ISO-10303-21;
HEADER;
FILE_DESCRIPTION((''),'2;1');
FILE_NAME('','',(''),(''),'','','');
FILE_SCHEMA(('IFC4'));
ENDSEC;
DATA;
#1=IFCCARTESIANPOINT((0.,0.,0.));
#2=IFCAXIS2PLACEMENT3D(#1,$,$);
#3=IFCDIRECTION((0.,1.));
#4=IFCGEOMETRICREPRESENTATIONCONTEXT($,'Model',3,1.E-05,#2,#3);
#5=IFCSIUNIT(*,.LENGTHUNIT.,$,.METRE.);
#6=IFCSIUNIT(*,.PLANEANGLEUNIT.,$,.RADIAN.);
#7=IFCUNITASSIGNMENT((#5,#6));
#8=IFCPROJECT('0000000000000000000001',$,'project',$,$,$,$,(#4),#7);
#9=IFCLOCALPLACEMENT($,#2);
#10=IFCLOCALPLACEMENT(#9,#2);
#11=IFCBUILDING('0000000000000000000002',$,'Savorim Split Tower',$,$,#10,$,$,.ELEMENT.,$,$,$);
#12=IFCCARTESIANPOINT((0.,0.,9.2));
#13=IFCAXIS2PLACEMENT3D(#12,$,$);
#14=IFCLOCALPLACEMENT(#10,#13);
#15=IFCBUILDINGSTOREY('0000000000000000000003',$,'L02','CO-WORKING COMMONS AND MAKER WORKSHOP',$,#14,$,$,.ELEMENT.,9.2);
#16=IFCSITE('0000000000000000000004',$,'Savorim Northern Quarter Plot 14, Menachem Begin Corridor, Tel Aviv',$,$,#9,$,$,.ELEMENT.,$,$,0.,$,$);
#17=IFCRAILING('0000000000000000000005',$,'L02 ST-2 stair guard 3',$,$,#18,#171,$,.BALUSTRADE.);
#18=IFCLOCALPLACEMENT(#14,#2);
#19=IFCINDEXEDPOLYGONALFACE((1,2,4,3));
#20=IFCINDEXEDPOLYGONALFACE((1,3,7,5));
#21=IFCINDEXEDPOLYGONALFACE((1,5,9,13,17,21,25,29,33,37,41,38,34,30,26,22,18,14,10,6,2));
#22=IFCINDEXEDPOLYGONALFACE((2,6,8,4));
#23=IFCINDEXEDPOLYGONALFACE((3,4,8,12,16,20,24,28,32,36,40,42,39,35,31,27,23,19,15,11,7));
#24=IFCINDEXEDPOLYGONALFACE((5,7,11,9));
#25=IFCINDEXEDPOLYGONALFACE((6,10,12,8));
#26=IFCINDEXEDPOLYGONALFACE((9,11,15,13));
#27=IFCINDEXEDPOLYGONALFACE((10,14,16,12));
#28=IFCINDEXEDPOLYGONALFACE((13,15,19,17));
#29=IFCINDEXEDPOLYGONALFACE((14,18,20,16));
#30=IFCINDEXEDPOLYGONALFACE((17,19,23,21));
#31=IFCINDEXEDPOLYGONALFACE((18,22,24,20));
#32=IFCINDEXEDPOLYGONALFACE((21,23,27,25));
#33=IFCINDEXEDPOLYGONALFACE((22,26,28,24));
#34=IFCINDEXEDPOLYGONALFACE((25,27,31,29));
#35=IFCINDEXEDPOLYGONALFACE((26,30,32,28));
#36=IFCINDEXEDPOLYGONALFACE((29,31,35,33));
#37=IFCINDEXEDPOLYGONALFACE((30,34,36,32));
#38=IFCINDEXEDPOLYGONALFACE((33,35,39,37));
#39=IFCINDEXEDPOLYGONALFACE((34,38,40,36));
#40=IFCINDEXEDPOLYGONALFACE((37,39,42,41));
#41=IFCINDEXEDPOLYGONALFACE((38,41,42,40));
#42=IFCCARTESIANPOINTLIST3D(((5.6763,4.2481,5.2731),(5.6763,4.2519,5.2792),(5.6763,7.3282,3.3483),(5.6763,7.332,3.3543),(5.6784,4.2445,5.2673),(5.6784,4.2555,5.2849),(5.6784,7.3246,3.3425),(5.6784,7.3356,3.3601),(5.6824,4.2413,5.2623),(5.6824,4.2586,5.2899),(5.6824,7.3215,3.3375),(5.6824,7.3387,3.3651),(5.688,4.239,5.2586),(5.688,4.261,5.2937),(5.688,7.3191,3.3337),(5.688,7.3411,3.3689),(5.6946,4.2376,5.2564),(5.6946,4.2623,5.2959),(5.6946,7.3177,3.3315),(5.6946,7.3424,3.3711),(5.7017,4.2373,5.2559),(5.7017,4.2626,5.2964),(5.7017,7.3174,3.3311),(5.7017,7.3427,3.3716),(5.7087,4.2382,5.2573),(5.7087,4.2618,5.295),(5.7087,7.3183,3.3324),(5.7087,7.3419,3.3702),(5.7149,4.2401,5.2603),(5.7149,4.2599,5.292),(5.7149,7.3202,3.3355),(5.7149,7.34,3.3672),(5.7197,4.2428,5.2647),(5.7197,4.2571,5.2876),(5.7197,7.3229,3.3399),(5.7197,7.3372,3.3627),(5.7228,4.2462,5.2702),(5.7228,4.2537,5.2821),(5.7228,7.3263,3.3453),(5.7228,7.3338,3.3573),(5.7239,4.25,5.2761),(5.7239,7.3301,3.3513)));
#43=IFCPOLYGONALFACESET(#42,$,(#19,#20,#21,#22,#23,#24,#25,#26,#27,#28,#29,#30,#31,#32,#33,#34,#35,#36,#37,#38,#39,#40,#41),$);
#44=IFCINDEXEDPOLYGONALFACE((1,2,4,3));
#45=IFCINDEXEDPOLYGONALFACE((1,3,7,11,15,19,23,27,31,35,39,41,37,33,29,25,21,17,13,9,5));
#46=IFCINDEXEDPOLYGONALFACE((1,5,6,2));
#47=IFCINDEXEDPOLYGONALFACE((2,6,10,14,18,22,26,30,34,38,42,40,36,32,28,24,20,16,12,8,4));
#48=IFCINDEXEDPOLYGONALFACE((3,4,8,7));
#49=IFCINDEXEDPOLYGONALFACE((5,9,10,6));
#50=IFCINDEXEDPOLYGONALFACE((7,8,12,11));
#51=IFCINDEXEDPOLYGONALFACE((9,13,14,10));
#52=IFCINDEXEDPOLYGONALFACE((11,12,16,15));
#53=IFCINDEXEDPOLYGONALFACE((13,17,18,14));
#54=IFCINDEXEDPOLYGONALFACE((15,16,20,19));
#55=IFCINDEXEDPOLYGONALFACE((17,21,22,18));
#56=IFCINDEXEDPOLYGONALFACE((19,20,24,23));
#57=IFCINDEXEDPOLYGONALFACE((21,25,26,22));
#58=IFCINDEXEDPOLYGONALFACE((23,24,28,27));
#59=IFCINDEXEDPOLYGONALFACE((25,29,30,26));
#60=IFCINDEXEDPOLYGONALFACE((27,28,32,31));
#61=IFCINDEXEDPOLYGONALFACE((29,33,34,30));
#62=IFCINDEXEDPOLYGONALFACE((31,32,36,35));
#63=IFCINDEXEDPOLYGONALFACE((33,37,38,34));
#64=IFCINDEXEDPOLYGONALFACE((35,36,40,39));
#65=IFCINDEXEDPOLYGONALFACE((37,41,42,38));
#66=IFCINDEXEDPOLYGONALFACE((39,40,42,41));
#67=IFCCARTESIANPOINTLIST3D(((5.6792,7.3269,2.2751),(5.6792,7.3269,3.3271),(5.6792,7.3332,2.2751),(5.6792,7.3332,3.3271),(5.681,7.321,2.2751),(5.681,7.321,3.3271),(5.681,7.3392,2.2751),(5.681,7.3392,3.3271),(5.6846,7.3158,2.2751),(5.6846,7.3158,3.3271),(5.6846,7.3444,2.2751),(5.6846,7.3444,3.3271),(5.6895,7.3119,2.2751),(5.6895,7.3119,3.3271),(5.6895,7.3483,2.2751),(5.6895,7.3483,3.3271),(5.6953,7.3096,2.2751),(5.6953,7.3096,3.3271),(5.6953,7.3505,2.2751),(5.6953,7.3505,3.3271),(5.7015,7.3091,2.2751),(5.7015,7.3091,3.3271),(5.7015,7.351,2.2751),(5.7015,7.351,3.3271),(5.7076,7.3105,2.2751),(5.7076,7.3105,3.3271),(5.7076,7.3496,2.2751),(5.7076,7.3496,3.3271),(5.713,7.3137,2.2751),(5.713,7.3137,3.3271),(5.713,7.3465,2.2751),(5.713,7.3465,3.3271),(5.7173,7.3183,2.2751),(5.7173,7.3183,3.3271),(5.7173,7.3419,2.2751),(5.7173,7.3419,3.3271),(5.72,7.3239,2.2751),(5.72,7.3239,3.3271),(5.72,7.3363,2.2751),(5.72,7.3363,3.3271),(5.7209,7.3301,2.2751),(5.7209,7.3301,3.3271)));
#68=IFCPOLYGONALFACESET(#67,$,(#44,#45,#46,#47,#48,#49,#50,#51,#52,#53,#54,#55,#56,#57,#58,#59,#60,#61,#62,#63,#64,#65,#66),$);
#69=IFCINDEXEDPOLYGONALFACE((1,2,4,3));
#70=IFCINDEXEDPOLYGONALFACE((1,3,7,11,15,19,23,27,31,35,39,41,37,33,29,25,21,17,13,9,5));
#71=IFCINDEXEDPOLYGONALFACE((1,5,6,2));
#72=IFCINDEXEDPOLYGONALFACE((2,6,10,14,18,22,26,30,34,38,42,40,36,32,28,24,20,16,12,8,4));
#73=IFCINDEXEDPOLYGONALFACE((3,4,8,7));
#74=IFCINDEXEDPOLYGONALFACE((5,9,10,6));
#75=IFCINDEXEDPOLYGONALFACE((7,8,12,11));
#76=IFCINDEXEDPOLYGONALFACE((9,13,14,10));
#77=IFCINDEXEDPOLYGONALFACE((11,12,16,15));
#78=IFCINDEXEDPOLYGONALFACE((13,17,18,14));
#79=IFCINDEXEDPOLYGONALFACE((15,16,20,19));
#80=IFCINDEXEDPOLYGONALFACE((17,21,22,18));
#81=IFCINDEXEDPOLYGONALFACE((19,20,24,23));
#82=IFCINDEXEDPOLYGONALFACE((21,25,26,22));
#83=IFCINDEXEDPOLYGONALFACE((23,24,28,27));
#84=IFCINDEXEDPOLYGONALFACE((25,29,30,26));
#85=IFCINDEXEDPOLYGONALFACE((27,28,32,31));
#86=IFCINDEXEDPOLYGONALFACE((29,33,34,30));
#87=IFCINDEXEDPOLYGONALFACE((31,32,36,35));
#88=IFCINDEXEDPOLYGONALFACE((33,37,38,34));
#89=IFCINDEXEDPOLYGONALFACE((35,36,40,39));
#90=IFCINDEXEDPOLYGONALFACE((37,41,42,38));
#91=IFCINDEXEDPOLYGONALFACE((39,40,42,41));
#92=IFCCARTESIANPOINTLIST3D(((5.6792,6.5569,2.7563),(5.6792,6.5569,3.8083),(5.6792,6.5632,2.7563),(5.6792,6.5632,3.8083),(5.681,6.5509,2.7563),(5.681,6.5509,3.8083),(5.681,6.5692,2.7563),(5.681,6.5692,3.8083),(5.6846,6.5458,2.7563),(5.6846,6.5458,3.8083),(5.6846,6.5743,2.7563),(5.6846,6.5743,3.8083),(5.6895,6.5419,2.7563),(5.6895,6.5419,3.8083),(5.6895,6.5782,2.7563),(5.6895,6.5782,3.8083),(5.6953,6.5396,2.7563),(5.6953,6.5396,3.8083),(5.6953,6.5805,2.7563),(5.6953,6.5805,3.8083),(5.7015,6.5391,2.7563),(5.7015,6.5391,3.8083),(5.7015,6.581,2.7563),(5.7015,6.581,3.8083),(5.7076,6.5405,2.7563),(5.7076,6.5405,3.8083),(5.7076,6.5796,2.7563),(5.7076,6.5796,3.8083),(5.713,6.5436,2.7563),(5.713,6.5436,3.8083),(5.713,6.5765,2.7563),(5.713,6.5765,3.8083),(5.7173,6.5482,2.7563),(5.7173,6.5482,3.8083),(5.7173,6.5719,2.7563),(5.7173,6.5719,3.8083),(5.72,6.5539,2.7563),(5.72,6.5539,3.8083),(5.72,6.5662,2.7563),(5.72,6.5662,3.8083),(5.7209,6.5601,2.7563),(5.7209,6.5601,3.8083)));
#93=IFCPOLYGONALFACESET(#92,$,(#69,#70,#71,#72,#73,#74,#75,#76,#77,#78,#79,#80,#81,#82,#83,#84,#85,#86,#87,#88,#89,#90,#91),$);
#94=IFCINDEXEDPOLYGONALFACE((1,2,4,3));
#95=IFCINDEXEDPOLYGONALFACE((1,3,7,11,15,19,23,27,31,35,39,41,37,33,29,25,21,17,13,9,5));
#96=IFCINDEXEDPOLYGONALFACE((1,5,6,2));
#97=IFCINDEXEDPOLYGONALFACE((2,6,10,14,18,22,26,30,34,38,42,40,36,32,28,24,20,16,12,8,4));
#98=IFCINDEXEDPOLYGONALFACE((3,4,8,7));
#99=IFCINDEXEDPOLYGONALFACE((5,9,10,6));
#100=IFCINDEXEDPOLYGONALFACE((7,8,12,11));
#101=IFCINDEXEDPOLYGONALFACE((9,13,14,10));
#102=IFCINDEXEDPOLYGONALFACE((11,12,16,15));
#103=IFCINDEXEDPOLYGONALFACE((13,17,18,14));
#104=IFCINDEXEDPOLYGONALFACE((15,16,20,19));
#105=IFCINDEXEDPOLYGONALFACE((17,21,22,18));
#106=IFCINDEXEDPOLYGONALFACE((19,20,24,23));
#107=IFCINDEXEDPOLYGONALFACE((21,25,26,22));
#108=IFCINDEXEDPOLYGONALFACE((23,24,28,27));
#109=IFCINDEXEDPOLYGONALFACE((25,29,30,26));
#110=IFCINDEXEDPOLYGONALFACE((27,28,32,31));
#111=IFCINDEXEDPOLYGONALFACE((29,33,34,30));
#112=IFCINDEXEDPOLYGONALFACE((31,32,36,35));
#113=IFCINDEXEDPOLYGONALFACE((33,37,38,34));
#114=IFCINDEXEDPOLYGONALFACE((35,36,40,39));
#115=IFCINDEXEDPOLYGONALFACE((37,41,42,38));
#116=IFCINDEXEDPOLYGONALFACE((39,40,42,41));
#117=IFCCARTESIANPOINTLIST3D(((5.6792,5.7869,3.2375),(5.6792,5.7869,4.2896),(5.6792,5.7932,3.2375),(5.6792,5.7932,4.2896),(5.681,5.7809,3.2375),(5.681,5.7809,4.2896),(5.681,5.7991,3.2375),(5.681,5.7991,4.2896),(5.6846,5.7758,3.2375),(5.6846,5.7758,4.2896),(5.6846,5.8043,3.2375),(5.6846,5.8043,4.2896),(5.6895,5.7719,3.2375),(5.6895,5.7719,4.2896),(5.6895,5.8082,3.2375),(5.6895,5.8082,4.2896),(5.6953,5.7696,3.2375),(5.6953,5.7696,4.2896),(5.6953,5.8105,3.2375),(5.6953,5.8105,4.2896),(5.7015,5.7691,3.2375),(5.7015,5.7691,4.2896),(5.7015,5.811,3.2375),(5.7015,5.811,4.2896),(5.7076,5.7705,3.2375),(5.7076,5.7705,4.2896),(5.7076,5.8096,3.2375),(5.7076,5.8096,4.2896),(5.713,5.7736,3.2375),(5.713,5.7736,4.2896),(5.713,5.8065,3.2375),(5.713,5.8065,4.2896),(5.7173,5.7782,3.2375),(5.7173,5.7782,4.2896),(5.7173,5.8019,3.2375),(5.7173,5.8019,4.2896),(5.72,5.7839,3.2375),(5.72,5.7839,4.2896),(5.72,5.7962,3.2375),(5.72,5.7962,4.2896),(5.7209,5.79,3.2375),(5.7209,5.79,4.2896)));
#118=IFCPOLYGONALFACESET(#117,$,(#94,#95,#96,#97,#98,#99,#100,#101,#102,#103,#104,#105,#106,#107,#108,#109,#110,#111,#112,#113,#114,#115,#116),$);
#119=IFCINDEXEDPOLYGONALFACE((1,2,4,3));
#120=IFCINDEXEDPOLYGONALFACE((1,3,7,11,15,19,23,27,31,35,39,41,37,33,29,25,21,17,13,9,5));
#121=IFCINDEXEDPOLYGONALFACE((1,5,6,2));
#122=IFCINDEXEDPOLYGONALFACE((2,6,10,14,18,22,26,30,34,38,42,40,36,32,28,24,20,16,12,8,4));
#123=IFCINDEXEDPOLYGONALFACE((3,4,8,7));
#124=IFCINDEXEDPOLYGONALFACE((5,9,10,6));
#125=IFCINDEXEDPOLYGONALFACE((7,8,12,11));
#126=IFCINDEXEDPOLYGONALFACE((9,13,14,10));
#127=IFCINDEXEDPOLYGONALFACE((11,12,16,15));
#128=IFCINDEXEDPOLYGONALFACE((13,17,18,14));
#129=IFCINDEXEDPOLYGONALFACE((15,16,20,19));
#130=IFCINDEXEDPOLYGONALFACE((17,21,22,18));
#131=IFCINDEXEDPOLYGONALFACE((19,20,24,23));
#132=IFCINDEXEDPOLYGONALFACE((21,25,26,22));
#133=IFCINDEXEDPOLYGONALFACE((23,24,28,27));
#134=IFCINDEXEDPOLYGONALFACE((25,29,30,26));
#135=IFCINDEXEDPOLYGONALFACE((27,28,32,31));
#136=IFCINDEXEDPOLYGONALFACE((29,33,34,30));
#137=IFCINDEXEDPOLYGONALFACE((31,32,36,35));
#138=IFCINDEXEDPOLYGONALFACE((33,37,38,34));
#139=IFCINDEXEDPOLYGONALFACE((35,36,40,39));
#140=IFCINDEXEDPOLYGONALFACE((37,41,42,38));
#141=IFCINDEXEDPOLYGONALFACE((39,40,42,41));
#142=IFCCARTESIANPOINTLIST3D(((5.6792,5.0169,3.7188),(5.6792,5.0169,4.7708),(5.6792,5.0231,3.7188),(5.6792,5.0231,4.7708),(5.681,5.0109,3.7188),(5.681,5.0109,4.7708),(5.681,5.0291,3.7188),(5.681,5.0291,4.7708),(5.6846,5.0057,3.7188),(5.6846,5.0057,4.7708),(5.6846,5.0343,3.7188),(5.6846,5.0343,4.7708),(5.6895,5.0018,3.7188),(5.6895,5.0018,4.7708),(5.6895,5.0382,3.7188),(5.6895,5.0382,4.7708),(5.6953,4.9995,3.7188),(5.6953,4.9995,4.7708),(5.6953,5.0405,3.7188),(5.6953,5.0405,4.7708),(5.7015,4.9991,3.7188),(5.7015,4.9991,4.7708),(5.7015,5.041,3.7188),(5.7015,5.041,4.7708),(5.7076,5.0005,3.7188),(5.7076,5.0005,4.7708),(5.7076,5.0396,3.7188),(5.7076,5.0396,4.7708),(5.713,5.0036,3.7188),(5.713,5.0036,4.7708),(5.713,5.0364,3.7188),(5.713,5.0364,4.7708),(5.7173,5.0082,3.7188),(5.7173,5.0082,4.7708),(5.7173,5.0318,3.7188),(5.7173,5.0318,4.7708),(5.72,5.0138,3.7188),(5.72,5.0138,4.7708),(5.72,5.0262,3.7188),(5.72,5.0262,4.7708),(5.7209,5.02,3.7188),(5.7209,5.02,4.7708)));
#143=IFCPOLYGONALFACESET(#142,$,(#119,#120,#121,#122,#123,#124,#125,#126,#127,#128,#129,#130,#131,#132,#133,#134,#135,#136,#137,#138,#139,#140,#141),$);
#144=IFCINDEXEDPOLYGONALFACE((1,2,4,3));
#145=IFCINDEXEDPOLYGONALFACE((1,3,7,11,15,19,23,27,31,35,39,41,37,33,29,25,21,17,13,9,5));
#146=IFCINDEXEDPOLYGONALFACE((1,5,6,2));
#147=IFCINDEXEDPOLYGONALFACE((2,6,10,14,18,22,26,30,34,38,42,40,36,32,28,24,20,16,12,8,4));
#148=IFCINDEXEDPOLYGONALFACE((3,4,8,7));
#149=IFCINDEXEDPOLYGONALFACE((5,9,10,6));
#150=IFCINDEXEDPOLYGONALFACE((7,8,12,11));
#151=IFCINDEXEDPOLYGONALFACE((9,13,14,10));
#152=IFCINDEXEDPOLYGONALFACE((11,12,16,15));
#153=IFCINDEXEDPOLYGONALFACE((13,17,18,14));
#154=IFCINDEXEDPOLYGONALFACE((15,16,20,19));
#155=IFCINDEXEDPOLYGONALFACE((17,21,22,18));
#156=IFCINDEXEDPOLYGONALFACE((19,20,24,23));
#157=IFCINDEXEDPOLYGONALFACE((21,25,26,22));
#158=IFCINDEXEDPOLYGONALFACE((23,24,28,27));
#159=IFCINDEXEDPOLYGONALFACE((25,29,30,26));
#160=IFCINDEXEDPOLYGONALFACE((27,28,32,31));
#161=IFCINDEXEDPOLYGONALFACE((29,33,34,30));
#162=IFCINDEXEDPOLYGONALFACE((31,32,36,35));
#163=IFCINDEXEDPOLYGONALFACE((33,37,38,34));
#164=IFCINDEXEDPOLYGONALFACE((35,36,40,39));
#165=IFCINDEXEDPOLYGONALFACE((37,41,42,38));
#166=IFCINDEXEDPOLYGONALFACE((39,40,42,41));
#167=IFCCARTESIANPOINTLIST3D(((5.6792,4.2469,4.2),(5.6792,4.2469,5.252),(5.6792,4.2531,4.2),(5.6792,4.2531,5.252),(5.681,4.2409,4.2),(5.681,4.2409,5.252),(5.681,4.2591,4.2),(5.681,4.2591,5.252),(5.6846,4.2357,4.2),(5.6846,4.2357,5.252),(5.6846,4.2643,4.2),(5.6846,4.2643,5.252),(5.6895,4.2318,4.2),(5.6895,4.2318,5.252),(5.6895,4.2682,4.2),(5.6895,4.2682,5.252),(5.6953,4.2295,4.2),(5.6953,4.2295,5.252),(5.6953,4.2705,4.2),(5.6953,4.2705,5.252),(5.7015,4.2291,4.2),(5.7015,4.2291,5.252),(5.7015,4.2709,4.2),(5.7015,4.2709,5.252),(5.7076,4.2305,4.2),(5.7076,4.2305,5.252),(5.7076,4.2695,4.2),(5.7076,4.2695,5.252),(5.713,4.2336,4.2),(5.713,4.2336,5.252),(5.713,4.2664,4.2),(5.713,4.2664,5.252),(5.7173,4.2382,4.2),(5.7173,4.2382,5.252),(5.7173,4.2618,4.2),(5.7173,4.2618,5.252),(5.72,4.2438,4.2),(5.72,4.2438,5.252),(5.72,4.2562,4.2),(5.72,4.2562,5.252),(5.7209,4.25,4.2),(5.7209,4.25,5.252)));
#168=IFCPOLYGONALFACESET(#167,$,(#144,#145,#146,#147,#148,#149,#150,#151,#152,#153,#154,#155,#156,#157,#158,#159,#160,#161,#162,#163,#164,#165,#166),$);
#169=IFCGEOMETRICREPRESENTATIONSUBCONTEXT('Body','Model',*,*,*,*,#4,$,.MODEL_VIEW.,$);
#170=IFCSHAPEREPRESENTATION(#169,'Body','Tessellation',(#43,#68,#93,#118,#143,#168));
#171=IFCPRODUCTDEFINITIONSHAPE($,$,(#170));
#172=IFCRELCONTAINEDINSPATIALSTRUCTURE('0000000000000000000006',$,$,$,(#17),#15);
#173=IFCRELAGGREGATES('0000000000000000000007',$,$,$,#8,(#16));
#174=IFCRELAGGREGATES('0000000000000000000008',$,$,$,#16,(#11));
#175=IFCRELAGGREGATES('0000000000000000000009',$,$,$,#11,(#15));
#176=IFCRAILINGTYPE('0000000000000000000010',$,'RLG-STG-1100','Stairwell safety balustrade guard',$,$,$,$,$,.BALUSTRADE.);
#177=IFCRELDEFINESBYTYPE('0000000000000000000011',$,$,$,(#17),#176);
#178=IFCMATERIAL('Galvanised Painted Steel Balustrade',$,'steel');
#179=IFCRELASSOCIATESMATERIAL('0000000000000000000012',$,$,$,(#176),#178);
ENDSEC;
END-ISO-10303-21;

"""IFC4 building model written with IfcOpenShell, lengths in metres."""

from ifc_helpers import new_model, si_unit, direction, frame, origin, origin_2d, place, context, subcontext, project, spatial, circle, extrude, material, type_object, element, save


model = new_model("IFC4")

# Units and contexts
model_context = context("Model", 3, precision=1e-05, world=origin(), true_north=direction((0.0, 1.0)))
body_context = subcontext(model_context, "Body", "Model", "MODEL_VIEW")
ifc_project = project(units=[si_unit("LENGTHUNIT", "METRE"), si_unit("PLANEANGLEUNIT", "RADIAN")], contexts=[model_context])

# Site, building, storey
site_placement = place(None, origin())
site = spatial("IfcSite", under=ifc_project, at=site_placement, Name="Savorim Northern Quarter Plot 14, Menachem Begin Corridor, Tel Aviv", CompositionType="ELEMENT", RefElevation=0.0)
building_placement = place(site_placement, origin())
building = spatial("IfcBuilding", under=site, at=building_placement, Name="Savorim Split Tower", CompositionType="ELEMENT")
storey_placement = place(building_placement, frame((0.0, 0.0, 9.2)))
storey = spatial("IfcBuildingStorey", under=building, at=storey_placement, Name="L02", Description="CO-WORKING COMMONS AND MAKER WORKSHOP", CompositionType="ELEMENT", Elevation=9.2)

# Railing
ifc_material_1 = material(Name="Galvanised Painted Steel Balustrade", Category="steel")
railing_type_1 = type_object("IfcRailingType", Name="RLG-STG-1100", Description="Stairwell safety balustrade guard", PredefinedType="BALUSTRADE", material=ifc_material_1)
railing_1_placement = place(storey_placement, frame((5.7, 7.3301, 2.2751)))
element("IfcRailing", 1, at=railing_1_placement, inside=storey, type_object=railing_type_1, Name="L02 ST-2 stair guard 3", PredefinedType="BALUSTRADE", context=body_context, shape_type="SweptSolid", body=[
    extrude(circle(Radius=0.0239, at=origin_2d()), frame((0.0, 0.0, 1.0762), z_axis=(0.0, -0.848029, 0.529951), x_axis=(1.0, 0.0, 0.0)), (0.0, 0.0, 1.0), 3.6321),
    extrude(circle(Radius=0.021, at=origin_2d()), origin(), (0.0, 0.0, 1.0), 1.052),
    extrude(circle(Radius=0.021, at=origin_2d()), frame((0.0, -0.77, 0.4812)), (0.0, 0.0, 1.0), 1.052),
    extrude(circle(Radius=0.021, at=origin_2d()), frame((0.0, -1.54, 0.9624)), (0.0, 0.0, 1.0), 1.052),
    extrude(circle(Radius=0.021, at=origin_2d()), frame((0.0, -2.3101, 1.4436)), (0.0, 0.0, 1.0), 1.052),
    extrude(circle(Radius=0.021, at=origin_2d()), frame((0.0, -3.0801, 1.9248)), (0.0, 0.0, 1.0), 1.052),
])

save(model, "model.ifc")
